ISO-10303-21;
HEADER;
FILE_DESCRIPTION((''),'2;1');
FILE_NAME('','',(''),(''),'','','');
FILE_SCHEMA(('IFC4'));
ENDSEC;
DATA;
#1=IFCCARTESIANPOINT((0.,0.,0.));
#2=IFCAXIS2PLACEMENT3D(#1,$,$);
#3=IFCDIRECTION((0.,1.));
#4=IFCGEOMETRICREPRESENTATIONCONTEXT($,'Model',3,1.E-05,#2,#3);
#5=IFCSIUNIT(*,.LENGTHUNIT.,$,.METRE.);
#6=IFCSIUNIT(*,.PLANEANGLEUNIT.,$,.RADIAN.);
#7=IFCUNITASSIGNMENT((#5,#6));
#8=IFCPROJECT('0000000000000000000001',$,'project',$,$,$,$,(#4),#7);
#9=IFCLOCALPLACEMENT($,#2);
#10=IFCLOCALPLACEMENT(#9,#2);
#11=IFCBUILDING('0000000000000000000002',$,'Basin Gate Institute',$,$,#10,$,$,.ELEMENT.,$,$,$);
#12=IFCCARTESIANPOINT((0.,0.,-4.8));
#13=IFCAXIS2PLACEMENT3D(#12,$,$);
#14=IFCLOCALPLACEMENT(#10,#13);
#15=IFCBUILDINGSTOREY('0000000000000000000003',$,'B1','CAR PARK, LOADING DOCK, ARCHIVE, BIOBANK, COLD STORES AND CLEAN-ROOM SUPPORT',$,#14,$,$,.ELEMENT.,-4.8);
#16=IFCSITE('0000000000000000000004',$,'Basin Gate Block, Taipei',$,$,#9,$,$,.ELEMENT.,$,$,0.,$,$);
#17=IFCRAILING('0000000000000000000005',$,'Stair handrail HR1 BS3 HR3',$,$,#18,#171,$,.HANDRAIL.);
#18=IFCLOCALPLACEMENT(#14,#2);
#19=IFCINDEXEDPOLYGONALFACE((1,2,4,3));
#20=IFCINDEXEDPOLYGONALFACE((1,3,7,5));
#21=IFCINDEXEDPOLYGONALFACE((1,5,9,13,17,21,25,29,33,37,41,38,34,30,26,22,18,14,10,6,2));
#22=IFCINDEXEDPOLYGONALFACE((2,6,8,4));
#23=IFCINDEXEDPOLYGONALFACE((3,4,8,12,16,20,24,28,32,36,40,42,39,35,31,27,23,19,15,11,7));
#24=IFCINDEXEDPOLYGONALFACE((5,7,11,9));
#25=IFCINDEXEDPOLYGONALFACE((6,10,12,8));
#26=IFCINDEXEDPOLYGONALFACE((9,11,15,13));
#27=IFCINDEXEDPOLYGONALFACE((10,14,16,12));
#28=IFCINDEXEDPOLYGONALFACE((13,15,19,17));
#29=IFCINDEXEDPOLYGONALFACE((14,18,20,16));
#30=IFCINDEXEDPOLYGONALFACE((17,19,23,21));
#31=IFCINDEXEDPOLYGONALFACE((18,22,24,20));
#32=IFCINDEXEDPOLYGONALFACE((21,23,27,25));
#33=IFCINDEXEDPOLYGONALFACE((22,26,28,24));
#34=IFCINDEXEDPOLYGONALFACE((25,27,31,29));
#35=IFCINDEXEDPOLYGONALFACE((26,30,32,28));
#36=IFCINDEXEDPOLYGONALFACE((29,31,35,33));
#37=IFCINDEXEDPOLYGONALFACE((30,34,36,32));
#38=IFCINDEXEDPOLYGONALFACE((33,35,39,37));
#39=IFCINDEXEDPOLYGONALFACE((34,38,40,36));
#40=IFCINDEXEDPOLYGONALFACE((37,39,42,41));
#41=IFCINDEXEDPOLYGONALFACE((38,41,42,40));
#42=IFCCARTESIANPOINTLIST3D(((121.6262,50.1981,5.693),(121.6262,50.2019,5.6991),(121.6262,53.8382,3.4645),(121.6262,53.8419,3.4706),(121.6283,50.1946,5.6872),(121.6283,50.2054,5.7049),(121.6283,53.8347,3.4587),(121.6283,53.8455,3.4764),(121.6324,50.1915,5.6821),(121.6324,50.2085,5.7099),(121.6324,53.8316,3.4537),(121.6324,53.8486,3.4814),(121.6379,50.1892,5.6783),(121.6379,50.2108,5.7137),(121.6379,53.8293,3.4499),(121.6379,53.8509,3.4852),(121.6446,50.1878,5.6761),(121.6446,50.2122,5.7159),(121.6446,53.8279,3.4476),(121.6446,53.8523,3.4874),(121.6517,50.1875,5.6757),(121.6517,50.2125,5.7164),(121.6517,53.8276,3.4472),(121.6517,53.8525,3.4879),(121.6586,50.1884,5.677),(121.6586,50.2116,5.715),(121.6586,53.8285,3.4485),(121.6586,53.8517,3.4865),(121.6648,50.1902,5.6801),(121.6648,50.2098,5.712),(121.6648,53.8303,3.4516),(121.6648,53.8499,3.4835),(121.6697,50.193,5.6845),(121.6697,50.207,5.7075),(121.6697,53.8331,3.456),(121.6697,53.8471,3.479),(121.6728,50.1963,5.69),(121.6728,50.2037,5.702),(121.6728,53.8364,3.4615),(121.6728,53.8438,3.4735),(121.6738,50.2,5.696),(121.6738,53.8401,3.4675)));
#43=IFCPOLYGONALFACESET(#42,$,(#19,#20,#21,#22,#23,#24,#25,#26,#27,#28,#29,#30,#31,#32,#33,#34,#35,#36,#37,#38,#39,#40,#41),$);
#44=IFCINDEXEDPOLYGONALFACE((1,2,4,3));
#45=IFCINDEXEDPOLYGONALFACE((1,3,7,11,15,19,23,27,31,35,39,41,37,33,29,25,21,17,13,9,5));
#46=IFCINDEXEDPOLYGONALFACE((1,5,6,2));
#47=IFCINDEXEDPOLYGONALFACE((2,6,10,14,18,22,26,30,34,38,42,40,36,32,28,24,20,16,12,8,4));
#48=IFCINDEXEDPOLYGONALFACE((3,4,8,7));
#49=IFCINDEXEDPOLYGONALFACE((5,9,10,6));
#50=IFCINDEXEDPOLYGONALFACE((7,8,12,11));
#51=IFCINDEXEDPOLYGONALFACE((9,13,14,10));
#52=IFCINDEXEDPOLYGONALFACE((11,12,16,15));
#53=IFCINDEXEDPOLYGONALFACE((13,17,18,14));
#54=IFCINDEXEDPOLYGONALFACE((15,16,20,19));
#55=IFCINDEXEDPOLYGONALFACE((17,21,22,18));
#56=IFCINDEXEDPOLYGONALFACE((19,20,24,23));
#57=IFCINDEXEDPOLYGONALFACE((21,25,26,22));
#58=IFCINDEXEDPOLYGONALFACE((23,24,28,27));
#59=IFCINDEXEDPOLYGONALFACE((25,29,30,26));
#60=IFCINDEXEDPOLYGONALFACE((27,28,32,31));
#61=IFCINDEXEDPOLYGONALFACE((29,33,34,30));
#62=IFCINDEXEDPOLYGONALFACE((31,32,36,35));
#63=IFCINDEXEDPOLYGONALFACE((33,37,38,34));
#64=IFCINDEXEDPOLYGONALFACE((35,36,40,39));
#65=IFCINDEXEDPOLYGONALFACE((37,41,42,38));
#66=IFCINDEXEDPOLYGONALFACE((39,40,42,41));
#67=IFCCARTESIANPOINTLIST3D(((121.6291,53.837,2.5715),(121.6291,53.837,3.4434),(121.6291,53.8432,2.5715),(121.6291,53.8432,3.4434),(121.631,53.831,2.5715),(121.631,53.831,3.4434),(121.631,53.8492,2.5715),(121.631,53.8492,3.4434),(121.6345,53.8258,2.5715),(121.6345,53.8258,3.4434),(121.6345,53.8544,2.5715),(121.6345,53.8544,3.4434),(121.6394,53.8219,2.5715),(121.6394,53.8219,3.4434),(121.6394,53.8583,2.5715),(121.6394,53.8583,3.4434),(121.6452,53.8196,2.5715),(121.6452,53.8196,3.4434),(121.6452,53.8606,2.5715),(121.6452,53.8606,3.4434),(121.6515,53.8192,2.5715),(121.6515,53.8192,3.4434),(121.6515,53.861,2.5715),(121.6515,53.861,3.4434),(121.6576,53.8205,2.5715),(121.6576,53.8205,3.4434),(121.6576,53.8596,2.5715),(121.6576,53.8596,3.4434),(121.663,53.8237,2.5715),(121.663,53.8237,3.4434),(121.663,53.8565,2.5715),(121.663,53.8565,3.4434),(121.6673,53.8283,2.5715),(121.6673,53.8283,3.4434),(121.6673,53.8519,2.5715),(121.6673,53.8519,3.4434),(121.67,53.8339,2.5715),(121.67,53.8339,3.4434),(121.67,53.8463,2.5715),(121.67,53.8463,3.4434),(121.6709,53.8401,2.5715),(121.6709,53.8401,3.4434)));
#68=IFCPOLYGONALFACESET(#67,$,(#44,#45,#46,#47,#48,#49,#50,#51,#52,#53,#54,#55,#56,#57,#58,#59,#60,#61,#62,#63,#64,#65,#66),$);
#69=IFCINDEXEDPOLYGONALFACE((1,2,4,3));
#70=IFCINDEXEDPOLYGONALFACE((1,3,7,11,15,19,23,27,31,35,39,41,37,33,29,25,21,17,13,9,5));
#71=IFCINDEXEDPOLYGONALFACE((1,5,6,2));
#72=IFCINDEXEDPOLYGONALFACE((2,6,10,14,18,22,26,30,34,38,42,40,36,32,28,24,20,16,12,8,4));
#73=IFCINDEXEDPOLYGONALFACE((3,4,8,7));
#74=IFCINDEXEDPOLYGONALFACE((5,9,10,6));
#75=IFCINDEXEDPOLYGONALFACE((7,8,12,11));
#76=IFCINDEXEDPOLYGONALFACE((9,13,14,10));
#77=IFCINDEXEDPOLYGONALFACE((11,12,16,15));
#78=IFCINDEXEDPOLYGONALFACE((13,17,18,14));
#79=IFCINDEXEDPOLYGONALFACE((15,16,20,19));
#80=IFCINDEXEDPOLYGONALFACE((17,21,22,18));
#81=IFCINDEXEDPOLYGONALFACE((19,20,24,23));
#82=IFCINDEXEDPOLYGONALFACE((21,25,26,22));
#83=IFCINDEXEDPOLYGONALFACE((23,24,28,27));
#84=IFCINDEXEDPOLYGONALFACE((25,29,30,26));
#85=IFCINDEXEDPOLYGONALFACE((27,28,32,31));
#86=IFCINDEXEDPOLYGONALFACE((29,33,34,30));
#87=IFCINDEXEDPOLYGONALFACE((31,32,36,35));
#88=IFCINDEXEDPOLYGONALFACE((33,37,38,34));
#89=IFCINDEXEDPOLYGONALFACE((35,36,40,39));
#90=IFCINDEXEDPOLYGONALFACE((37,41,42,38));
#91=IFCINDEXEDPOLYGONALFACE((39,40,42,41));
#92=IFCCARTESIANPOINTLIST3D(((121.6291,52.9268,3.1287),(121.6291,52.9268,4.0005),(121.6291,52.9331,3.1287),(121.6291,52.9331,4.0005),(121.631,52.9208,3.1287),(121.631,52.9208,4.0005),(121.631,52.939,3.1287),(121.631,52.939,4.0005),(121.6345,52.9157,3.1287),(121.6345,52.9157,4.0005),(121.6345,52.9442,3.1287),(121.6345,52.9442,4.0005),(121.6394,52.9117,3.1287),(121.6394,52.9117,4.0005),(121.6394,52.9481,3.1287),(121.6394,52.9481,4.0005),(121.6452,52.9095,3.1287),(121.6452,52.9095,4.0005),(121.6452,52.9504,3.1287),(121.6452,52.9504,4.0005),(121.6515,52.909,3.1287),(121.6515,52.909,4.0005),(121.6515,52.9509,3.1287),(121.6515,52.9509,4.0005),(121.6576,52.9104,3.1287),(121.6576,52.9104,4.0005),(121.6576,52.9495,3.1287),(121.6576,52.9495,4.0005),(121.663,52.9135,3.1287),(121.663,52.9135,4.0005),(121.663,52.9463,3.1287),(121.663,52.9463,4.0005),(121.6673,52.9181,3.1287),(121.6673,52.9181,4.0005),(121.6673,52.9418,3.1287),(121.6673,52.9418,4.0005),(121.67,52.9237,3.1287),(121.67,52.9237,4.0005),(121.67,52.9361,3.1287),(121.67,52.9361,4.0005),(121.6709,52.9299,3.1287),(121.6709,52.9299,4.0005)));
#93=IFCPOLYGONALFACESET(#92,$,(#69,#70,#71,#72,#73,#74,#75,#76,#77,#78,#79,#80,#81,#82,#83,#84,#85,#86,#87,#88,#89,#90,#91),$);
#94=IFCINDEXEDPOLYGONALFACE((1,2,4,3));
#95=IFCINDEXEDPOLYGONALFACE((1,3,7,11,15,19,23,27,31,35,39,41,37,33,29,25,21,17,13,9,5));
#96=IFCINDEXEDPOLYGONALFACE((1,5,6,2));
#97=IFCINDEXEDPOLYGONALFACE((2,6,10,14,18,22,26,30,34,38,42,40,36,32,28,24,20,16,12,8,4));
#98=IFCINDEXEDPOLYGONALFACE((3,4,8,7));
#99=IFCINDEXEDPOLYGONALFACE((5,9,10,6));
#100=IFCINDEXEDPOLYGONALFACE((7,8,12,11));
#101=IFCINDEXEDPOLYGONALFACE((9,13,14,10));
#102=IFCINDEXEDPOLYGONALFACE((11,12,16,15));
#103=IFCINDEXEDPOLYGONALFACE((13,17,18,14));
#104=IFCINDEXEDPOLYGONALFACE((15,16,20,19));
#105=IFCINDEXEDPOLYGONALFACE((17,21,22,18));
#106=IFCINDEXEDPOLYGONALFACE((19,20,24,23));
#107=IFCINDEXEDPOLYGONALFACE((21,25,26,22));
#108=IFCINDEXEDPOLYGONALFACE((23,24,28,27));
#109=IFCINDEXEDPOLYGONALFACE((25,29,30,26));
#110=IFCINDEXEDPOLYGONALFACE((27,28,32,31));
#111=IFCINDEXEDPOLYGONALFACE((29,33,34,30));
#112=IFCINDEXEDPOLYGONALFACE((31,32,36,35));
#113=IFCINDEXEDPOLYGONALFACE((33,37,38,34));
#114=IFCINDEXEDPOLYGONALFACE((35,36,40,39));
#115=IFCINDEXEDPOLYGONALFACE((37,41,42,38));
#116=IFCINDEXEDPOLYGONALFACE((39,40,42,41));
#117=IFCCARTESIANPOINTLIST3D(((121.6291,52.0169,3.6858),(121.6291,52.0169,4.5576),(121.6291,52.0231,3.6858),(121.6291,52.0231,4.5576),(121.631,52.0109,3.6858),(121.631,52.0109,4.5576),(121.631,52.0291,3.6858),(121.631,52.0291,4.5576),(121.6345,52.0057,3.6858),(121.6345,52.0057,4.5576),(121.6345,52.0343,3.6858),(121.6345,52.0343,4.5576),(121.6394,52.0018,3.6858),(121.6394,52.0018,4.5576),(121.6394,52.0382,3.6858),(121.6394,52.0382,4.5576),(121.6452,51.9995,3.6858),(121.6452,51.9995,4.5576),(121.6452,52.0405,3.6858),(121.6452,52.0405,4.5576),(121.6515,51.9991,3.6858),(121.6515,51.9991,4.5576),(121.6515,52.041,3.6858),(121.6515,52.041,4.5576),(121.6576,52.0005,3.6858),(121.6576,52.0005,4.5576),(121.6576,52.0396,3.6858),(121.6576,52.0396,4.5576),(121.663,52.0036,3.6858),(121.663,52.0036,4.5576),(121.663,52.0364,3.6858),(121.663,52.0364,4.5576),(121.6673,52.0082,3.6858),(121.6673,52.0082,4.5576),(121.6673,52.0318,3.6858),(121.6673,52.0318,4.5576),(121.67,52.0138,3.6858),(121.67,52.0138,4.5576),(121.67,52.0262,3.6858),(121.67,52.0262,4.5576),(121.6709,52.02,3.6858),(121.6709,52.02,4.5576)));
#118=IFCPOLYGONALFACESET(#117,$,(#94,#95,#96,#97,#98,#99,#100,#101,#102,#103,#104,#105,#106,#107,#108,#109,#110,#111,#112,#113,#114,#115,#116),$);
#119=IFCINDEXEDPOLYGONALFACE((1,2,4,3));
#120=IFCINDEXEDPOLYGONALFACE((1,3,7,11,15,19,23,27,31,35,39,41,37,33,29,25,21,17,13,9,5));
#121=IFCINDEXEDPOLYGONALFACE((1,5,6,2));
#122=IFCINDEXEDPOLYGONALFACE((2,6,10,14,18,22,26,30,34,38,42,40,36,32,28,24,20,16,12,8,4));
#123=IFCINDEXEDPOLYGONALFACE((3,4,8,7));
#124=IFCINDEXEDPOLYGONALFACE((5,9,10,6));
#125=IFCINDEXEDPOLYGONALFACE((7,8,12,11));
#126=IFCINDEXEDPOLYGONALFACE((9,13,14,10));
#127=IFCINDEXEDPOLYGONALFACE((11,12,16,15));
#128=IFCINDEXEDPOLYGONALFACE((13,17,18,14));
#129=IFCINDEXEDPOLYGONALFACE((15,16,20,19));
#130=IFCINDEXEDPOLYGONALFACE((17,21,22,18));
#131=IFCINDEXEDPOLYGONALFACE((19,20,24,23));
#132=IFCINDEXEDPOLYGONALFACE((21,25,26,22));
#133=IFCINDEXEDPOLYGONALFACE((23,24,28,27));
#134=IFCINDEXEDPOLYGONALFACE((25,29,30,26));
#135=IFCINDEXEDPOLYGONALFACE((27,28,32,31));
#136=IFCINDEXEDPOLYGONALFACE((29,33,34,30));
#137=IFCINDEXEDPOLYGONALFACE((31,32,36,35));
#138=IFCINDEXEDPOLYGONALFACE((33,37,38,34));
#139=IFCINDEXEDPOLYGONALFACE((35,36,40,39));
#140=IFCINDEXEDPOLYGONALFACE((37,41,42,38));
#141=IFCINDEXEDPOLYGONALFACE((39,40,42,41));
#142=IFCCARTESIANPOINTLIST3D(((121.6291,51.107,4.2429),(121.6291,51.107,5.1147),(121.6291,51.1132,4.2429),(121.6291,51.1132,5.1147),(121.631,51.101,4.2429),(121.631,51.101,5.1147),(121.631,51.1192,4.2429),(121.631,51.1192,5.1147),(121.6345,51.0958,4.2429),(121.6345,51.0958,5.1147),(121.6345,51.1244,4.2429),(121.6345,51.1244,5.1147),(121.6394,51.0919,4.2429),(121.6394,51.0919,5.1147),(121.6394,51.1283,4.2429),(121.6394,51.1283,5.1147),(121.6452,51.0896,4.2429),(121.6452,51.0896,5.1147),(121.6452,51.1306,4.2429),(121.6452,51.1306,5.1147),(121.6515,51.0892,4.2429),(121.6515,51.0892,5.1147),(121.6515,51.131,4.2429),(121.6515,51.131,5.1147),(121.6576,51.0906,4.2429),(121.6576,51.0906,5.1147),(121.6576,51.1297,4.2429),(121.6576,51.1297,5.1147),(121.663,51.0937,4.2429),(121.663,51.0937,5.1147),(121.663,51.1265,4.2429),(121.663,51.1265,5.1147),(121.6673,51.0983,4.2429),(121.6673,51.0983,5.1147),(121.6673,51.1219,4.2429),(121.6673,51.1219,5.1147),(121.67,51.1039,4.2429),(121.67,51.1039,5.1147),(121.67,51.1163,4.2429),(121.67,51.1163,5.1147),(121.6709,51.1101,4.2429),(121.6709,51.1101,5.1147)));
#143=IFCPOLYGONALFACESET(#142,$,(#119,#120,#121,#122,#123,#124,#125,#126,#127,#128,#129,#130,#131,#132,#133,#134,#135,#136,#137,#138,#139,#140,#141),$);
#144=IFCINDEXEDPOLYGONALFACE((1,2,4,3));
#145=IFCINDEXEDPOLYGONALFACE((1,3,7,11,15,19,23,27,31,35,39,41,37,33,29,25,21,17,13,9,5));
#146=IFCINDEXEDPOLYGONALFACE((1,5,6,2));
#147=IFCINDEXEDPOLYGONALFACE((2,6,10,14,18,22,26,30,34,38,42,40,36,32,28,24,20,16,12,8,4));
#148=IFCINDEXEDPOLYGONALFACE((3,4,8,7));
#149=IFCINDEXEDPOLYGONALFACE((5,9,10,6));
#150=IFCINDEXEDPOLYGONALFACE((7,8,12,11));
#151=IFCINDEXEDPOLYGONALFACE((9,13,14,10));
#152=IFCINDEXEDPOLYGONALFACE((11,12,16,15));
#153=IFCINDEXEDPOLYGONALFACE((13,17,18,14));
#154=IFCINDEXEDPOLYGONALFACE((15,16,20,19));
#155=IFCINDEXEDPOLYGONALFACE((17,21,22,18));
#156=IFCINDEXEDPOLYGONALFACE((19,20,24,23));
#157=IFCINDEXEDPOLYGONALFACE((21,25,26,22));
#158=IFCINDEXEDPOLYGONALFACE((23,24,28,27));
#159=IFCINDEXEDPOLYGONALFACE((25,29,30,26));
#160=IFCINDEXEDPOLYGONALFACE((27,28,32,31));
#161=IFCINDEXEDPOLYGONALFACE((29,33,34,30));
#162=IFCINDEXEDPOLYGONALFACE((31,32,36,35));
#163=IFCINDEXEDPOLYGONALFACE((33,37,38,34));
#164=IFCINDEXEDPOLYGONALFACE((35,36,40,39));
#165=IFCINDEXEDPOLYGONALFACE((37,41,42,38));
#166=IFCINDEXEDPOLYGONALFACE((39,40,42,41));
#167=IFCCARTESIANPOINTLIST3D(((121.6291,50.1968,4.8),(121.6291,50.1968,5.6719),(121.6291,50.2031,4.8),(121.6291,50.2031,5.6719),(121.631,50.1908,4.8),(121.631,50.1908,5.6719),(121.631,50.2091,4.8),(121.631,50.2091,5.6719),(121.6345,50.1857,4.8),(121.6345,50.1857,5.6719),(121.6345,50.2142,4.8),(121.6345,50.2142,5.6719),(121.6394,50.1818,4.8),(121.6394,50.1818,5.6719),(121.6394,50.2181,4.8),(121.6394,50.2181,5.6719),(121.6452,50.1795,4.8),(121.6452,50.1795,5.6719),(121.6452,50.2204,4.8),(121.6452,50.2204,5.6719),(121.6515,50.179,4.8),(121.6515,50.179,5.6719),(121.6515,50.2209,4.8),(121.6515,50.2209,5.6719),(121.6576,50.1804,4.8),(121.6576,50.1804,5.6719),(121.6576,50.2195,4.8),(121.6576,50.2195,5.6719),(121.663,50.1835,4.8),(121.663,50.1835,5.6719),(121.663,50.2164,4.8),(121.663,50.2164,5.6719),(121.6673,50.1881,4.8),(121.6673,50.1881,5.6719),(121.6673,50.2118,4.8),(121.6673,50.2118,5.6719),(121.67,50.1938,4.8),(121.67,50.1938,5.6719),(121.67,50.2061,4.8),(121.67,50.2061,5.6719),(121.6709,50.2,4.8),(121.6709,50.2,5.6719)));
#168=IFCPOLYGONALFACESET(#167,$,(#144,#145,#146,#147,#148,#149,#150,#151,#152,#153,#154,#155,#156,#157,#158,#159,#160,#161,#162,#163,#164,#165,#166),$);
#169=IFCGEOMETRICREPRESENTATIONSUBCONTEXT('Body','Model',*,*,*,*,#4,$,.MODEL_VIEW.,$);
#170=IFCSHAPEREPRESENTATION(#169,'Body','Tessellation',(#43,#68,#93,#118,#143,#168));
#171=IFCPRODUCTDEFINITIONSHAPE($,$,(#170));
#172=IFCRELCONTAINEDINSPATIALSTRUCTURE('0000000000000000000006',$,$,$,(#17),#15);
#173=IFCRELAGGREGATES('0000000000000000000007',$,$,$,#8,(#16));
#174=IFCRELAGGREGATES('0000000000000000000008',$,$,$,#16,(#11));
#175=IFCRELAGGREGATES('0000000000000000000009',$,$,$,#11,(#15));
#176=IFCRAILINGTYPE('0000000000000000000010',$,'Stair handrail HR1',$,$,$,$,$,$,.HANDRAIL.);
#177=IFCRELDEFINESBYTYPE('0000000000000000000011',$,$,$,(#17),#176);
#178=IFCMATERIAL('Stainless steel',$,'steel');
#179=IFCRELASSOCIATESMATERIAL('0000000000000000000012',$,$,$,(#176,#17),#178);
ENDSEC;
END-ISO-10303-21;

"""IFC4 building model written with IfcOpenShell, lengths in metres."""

from ifc_helpers import new_model, si_unit, direction, frame, origin, origin_2d, place, context, subcontext, project, spatial, circle, extrude, material, type_object, element, save


model = new_model("IFC4")

# Units and contexts
model_context = context("Model", 3, precision=1e-05, world=origin(), true_north=direction((0.0, 1.0)))
body_context = subcontext(model_context, "Body", "Model", "MODEL_VIEW")
ifc_project = project(units=[si_unit("LENGTHUNIT", "METRE"), si_unit("PLANEANGLEUNIT", "RADIAN")], contexts=[model_context])

# Site, building, storey
site_placement = place(None, origin())
site = spatial("IfcSite", under=ifc_project, at=site_placement, Name="Basin Gate Block, Taipei", CompositionType="ELEMENT", RefElevation=0.0)
building_placement = place(site_placement, origin())
building = spatial("IfcBuilding", under=site, at=building_placement, Name="Basin Gate Institute", CompositionType="ELEMENT")
storey_placement = place(building_placement, frame((0.0, 0.0, -4.8)))
storey = spatial("IfcBuildingStorey", under=building, at=storey_placement, Name="B1", Description="CAR PARK, LOADING DOCK, ARCHIVE, BIOBANK, COLD STORES AND CLEAN-ROOM SUPPORT", CompositionType="ELEMENT", Elevation=-4.8)

# Railing
ifc_material_1 = material(Name="Stainless steel", Category="steel")
railing_type_1 = type_object("IfcRailingType", Name="Stair handrail HR1", PredefinedType="HANDRAIL", material=ifc_material_1)
railing_1_placement = place(storey_placement, frame((121.6499, 53.8401, 2.5715)))
element("IfcRailing", 1, at=railing_1_placement, inside=storey, type_object=railing_type_1, material=ifc_material_1, Name="Stair handrail HR1 BS3 HR3", PredefinedType="HANDRAIL", context=body_context, shape_type="SweptSolid", body=[
    extrude(circle(Radius=0.0239, at=origin_2d()), frame((0.0, 0.0, 0.896), z_axis=(0.0, -0.852866, 0.52213), x_axis=(1.0, 0.0, 0.0)), (0.0, 0.0, 1.0), 4.2681),
    extrude(circle(Radius=0.021, at=origin_2d()), origin(), (0.0, 0.0, 1.0), 0.8718),
    extrude(circle(Radius=0.021, at=origin_2d()), frame((0.0, -0.9102, 0.5571)), (0.0, 0.0, 1.0), 0.8718),
    extrude(circle(Radius=0.021, at=origin_2d()), frame((0.0, -1.8201, 1.1143)), (0.0, 0.0, 1.0), 0.8718),
    extrude(circle(Radius=0.021, at=origin_2d()), frame((0.0, -2.73, 1.6714)), (0.0, 0.0, 1.0), 0.8718),
    extrude(circle(Radius=0.021, at=origin_2d()), frame((0.0, -3.6401, 2.2285)), (0.0, 0.0, 1.0), 0.8718),
])

save(model, "model.ifc")
